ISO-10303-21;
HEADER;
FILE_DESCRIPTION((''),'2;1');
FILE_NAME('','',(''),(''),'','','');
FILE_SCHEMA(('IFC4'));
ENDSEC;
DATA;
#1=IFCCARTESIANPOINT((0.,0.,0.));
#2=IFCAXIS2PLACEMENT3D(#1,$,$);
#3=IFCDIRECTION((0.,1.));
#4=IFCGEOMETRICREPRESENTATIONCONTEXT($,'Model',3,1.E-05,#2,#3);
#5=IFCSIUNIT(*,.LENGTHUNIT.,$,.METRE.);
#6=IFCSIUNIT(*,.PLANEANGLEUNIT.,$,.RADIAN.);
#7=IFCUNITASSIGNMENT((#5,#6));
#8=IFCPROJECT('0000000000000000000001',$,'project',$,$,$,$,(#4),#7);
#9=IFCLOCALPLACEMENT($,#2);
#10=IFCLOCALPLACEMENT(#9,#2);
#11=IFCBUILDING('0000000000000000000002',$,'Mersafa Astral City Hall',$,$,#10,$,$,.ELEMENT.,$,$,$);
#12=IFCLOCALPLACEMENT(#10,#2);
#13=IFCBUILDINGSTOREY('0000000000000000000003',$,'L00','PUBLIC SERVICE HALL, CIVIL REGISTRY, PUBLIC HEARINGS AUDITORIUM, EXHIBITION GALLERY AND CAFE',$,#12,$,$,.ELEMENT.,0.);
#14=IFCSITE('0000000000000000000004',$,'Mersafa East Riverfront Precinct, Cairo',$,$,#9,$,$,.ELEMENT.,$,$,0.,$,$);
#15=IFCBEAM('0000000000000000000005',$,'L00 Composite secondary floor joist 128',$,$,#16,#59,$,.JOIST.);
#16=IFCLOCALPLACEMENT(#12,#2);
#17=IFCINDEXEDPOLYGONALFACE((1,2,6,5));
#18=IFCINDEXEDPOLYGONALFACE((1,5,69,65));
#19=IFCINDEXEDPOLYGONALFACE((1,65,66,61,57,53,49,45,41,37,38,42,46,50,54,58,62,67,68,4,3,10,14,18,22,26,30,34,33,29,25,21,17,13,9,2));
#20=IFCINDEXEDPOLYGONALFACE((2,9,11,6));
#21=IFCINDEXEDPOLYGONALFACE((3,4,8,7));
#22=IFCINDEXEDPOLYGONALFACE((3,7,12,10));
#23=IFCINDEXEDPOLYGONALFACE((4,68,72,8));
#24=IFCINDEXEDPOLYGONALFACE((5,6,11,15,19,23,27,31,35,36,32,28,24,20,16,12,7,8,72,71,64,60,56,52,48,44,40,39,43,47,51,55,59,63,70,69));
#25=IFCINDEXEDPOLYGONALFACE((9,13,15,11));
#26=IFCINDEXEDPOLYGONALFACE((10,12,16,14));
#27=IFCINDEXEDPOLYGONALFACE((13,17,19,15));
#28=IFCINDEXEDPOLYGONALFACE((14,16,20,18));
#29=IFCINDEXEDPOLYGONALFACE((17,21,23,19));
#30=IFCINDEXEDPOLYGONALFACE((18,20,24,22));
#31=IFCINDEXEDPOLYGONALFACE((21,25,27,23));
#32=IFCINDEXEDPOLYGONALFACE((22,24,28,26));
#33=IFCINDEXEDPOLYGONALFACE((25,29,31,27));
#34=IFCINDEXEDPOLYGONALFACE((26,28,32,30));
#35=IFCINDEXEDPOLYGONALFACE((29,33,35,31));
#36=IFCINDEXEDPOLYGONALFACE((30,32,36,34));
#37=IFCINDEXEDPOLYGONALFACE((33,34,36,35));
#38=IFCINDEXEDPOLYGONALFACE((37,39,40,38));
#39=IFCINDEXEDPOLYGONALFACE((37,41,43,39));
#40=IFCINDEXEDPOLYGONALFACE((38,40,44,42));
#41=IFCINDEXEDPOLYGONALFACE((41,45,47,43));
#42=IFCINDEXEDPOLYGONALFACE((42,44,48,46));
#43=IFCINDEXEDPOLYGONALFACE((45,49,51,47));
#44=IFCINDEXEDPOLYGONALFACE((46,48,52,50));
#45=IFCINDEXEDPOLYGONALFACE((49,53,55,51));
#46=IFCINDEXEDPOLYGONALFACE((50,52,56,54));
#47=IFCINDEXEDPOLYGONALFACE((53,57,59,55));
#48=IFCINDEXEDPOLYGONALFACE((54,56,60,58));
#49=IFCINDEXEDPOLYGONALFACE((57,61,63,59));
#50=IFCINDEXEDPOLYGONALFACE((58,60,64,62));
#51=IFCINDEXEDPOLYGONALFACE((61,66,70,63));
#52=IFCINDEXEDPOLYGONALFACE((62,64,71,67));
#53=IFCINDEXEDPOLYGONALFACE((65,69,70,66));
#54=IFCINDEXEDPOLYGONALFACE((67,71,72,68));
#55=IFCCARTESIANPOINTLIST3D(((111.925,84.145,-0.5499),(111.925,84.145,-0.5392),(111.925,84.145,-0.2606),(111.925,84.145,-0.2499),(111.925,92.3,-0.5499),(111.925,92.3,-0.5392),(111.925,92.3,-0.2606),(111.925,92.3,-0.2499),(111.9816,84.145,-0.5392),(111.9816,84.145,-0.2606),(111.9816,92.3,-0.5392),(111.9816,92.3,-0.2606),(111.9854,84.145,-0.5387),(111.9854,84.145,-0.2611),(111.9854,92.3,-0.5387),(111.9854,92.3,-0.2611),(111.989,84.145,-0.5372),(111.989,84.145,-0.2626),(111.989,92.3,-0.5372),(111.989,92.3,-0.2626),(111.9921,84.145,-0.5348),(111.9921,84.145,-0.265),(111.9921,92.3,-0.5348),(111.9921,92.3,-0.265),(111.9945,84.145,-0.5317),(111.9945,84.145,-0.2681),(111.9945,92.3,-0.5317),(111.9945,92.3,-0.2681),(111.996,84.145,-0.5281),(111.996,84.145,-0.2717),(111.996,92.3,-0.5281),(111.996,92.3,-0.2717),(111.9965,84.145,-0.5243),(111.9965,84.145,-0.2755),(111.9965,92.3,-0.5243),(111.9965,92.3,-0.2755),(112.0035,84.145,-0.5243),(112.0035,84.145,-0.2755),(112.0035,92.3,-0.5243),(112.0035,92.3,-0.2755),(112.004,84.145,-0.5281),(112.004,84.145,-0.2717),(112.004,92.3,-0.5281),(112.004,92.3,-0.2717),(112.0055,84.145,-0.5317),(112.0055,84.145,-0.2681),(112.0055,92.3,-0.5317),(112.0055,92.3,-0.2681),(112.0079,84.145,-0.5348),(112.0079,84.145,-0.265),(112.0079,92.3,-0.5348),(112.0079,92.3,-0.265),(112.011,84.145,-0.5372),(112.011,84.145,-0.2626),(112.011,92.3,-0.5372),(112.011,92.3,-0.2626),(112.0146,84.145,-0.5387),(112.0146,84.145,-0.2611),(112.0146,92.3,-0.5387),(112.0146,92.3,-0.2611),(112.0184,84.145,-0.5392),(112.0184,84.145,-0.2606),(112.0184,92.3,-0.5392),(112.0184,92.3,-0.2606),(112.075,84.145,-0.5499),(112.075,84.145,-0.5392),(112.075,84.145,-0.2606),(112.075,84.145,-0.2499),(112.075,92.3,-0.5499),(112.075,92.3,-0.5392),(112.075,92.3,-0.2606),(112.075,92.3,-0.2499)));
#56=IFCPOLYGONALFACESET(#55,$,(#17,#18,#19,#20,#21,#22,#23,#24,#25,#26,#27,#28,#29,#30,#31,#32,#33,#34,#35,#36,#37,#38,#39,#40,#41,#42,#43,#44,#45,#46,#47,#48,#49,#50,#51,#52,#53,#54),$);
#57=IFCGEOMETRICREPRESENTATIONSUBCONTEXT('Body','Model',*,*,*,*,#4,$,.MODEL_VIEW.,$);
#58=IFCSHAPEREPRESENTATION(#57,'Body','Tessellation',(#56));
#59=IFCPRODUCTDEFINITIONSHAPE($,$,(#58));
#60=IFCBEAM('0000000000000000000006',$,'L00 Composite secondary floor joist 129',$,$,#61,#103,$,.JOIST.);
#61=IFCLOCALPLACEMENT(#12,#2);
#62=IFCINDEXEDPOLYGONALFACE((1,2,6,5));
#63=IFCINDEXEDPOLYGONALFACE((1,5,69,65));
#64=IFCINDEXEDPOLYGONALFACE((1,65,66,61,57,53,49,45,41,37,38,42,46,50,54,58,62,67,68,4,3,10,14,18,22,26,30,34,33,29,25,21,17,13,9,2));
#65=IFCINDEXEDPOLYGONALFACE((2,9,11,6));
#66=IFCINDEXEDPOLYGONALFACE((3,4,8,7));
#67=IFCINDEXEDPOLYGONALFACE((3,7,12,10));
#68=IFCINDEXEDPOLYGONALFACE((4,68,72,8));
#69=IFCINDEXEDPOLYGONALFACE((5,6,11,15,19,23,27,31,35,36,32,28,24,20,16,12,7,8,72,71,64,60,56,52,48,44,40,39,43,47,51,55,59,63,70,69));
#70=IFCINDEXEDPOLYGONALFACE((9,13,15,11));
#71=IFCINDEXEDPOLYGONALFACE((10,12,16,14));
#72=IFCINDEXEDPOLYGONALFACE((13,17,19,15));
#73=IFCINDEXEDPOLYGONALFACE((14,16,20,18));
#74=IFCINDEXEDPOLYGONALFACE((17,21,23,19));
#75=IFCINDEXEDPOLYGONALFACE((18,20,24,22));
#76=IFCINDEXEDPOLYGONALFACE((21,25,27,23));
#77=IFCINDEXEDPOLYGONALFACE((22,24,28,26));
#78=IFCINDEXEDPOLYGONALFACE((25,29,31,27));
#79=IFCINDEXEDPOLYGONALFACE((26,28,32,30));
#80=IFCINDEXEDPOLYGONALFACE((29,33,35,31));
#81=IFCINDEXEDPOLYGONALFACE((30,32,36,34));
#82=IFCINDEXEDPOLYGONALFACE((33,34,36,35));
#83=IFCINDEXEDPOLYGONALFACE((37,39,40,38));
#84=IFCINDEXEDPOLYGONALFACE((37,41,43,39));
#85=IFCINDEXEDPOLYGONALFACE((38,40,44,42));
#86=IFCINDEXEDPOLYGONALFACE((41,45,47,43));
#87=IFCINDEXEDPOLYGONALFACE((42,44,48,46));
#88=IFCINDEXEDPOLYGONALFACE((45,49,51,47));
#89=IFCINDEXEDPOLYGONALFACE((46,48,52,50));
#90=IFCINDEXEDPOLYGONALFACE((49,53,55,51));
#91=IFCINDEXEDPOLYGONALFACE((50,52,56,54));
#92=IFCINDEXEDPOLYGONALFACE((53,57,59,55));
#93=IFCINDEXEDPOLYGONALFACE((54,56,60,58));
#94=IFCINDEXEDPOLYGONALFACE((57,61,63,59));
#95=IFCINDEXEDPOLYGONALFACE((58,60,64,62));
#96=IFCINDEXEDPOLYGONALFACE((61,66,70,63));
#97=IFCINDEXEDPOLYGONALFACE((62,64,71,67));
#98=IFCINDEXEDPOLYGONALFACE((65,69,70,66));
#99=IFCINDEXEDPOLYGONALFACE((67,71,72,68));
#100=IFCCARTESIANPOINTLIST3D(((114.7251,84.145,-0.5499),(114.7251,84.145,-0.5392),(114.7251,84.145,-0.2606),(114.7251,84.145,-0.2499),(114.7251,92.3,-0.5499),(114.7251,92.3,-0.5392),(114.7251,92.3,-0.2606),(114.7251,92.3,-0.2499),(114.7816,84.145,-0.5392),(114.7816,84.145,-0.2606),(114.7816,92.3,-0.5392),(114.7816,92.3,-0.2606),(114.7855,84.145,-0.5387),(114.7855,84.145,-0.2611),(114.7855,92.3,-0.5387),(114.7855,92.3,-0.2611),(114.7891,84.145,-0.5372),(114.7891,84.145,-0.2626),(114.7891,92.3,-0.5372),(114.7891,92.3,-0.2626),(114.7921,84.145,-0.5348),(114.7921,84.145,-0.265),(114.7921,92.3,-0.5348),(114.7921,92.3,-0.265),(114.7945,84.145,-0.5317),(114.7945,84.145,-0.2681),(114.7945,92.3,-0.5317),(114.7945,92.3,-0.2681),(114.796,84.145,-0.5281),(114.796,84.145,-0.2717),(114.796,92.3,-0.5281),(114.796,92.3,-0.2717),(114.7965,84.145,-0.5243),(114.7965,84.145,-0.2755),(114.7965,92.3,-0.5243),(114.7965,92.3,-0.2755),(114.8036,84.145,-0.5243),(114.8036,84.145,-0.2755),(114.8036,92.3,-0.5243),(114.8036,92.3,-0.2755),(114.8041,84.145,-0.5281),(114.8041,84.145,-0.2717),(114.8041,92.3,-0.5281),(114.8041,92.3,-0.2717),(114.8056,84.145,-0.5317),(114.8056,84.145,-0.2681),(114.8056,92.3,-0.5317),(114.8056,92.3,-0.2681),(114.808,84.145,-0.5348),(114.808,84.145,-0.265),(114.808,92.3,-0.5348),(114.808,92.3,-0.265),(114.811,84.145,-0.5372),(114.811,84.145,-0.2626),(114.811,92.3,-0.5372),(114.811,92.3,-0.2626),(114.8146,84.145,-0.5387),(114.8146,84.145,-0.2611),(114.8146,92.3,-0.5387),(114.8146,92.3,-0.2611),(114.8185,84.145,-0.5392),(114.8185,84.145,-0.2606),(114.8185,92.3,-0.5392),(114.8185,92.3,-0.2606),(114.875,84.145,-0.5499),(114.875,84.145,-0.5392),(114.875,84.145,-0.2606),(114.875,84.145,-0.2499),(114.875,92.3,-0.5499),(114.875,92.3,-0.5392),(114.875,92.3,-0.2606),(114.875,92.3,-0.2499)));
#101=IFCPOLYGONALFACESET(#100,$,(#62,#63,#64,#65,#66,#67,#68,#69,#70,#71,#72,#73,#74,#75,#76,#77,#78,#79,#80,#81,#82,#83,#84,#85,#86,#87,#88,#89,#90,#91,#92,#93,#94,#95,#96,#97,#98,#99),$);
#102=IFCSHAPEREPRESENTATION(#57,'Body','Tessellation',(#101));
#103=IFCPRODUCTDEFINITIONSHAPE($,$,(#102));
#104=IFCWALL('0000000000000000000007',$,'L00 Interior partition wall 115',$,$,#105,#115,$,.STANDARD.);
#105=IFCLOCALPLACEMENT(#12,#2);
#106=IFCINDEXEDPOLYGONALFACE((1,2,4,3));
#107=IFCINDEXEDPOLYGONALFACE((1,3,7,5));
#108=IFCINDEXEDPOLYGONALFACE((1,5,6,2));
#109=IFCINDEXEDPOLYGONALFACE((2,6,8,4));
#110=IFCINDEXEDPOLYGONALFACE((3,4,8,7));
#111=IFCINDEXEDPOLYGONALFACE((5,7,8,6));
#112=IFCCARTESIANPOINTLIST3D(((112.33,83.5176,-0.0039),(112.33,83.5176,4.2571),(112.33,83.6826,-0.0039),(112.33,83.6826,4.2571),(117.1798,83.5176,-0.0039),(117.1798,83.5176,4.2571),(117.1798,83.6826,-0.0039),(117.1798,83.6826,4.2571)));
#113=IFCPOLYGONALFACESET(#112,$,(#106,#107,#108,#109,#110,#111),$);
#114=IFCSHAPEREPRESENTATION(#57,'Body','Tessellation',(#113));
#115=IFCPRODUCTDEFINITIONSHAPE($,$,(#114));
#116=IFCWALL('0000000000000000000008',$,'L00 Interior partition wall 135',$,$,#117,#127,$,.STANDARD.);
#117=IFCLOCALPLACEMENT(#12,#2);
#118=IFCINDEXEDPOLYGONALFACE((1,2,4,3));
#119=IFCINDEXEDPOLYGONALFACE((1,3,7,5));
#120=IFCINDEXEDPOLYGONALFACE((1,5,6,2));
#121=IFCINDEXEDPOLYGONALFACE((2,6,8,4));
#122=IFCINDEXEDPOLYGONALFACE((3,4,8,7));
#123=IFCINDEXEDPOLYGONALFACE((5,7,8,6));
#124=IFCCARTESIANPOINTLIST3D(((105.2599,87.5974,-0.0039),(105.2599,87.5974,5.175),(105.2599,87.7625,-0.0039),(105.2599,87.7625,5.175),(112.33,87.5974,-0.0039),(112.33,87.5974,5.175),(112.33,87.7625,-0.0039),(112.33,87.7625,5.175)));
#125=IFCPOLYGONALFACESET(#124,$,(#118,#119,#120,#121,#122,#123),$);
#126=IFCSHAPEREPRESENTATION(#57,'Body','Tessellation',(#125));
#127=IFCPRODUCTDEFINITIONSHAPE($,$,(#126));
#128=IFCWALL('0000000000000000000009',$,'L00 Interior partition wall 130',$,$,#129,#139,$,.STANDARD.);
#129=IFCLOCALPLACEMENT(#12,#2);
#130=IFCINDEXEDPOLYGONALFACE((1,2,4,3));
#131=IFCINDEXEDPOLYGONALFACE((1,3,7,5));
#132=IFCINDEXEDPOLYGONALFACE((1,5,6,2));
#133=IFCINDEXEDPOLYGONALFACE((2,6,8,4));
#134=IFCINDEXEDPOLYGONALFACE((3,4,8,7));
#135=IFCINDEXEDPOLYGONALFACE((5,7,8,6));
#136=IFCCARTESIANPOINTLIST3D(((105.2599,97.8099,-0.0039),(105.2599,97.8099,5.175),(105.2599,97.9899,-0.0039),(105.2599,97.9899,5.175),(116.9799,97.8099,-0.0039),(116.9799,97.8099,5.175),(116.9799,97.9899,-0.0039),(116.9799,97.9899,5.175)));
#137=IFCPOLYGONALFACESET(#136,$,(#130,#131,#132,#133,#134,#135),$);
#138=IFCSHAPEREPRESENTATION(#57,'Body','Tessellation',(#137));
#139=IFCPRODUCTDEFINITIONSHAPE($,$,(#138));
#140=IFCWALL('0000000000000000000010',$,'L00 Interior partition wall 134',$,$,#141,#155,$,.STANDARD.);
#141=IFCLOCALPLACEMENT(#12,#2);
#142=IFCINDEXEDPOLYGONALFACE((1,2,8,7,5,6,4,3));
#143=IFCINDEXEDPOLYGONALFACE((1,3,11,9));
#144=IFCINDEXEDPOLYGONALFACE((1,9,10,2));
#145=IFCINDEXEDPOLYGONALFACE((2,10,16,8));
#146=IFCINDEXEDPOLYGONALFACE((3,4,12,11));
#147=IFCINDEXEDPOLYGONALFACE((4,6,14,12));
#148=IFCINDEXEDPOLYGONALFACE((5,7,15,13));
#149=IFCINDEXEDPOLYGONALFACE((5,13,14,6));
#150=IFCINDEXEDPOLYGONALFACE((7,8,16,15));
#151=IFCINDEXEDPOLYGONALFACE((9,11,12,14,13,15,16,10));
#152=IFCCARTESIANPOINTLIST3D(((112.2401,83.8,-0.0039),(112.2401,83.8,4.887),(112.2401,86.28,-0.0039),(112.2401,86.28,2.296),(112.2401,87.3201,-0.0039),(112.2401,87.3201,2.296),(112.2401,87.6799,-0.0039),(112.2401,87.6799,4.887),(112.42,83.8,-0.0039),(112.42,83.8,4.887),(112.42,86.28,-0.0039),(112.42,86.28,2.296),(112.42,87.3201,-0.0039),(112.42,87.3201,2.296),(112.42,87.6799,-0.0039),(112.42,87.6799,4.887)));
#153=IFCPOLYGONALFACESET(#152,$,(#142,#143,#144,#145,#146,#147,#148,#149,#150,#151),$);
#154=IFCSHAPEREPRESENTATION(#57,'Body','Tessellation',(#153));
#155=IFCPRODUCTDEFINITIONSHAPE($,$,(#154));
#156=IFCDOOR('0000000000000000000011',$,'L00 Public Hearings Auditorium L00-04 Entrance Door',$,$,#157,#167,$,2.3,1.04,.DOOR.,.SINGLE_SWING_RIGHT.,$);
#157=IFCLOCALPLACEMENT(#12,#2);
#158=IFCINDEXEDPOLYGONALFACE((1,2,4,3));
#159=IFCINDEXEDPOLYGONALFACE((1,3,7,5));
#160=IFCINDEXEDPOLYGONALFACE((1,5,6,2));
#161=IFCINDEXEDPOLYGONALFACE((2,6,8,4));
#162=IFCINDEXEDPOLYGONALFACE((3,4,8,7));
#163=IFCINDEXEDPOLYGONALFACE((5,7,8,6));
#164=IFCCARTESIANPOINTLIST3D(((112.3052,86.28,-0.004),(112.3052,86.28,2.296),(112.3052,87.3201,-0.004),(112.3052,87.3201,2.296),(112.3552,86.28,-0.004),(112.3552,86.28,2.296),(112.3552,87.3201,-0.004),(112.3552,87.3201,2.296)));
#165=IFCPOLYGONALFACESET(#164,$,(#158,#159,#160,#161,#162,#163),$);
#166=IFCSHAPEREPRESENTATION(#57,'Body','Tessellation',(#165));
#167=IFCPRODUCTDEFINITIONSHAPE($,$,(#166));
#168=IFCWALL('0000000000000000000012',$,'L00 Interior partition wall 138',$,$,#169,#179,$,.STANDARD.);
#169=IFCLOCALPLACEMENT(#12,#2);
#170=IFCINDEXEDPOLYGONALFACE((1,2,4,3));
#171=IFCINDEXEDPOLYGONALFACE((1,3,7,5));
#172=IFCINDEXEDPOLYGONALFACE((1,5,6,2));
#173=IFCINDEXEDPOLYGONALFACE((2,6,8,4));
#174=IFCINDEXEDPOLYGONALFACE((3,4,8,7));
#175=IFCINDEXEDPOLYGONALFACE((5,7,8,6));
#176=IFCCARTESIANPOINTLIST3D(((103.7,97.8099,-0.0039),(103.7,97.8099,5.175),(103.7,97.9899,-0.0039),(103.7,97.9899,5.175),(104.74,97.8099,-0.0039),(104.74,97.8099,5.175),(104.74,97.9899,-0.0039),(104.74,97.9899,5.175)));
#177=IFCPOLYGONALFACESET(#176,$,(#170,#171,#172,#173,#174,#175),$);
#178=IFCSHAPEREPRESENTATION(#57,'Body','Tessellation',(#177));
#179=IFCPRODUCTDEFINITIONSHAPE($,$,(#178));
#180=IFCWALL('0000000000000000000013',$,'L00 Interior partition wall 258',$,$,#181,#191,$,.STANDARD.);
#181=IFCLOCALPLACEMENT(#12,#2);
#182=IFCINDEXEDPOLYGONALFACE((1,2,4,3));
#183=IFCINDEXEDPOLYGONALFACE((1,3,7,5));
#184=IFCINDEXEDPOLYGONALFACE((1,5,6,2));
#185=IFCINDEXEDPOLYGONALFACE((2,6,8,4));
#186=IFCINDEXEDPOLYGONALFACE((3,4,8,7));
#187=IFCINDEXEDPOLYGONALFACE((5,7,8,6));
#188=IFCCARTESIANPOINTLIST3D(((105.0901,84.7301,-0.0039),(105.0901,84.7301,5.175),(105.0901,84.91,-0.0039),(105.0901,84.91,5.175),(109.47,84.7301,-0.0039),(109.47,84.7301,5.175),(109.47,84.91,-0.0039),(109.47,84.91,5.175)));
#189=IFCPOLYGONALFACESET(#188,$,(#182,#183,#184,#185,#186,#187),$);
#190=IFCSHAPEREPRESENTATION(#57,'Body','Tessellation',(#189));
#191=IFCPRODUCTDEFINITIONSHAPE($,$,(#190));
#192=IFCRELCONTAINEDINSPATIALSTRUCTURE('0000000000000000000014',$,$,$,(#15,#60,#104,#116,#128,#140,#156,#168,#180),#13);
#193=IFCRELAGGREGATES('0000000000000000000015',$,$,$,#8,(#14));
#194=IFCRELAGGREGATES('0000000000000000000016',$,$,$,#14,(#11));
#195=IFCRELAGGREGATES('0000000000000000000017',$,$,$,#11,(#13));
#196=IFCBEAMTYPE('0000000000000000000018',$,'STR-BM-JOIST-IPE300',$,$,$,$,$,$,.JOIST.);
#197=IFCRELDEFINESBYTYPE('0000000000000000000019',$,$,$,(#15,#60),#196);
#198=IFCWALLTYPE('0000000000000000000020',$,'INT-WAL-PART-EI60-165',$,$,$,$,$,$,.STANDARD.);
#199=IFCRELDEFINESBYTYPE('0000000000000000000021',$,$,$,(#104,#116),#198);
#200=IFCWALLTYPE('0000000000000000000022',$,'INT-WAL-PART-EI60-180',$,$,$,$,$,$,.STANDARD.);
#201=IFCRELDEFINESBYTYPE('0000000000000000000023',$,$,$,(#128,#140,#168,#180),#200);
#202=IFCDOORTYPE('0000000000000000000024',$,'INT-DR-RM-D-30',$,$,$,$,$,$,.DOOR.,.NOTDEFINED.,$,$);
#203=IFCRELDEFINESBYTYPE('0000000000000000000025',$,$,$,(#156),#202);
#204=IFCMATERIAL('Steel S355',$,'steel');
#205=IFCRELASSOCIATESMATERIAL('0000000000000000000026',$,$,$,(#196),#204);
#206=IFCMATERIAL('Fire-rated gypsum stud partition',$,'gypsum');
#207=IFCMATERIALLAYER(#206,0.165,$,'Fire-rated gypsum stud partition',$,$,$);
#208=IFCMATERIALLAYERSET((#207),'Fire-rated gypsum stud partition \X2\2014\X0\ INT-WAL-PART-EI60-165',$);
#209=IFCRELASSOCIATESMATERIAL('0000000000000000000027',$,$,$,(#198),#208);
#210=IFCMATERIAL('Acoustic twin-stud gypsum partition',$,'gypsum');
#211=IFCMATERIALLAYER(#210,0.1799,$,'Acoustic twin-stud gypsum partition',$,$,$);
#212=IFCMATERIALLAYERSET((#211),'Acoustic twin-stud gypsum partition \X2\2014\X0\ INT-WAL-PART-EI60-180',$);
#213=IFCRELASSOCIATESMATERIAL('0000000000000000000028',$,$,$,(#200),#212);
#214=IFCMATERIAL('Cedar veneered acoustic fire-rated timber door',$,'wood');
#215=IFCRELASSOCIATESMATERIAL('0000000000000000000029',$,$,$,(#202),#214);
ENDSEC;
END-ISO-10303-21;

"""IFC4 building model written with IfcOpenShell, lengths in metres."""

from ifc_helpers import new_model, si_unit, direction, frame, frame_2d, origin, origin_2d, place, context, subcontext, project, spatial, rectangle, i_section, extrude, material, layer, layer_set, material_profile, profile_set, type_object, element, fill, save


model = new_model("IFC4")

# Units and contexts
model_context = context("Model", 3, precision=1e-05, world=origin(), true_north=direction((0.0, 1.0)))
body_context = subcontext(model_context, "Body", "Model", "MODEL_VIEW")
ifc_project = project(units=[si_unit("LENGTHUNIT", "METRE"), si_unit("PLANEANGLEUNIT", "RADIAN")], contexts=[model_context])

# Site, building, storey
site_placement = place(None, origin())
site = spatial("IfcSite", under=ifc_project, at=site_placement, Name="Mersafa East Riverfront Precinct, Cairo", CompositionType="ELEMENT", RefElevation=0.0)
building_placement = place(site_placement, origin())
building = spatial("IfcBuilding", under=site, at=building_placement, Name="Mersafa Astral City Hall", CompositionType="ELEMENT")
storey_placement = place(building_placement, origin())
storey = spatial("IfcBuildingStorey", under=building, at=storey_placement, Name="L00", Description="PUBLIC SERVICE HALL, CIVIL REGISTRY, PUBLIC HEARINGS AUDITORIUM, EXHIBITION GALLERY AND CAFE", CompositionType="ELEMENT", Elevation=0.0)

# Shared definitions
ifc_material_1 = material(Name="Steel S355", Category="steel")

# Beams
ifc_material_profile_1 = material_profile(ifc_material_1, i_section(OverallWidth=0.1499, OverallDepth=0.3, WebThickness=0.0071, FlangeThickness=0.0107, FilletRadius=0.0149, at=origin_2d()), Name="IPE 300")
ifc_profile_set_1 = profile_set([ifc_material_profile_1], Name="Steel S355")
beam_type_1 = type_object("IfcBeamType", Name="STR-BM-JOIST-IPE300", PredefinedType="JOIST", material=ifc_profile_set_1)
for number, where, z_axis, x_axis, name in (
    (1, (112.0, 84.145, -0.3999), (0.0, 1.0, 0.0), (-1.0, 0.0, 0.0), "L00 Composite secondary floor joist 128"),
    (2, (114.8, 84.145, -0.3999), (0.0, 1.0, 0.0), (-1.0, 0.0, 0.0), "L00 Composite secondary floor joist 129"),
):
    element("IfcBeam", number, at=place(storey_placement, frame(where, z_axis=z_axis, x_axis=x_axis)), inside=storey, type_object=beam_type_1, Name=name, PredefinedType="JOIST", context=body_context, shape_type="SweptSolid", body=[
        extrude(i_section(OverallWidth=0.1499, OverallDepth=0.3, WebThickness=0.0071, FlangeThickness=0.0107, FilletRadius=0.0149, at=origin_2d()), origin(), (0.0, 0.0, 1.0), 8.155),
    ])

# Walls
ifc_material_2 = material(Name="Fire-rated gypsum stud partition", Category="gypsum")
ifc_layer_1 = layer(ifc_material_2, 0.165, Name="Fire-rated gypsum stud partition")
ifc_layer_set_1 = layer_set([ifc_layer_1], Name="Fire-rated gypsum stud partition — INT-WAL-PART-EI60-165")
wall_type_1 = type_object("IfcWallType", Name="INT-WAL-PART-EI60-165", PredefinedType="STANDARD", material=ifc_layer_set_1)
wall_1_placement = place(storey_placement, frame((112.3301, 83.6001, -0.0039), z_axis=(0.0, 0.0, 1.0), x_axis=(1.0, 0.0, 0.0)))
element("IfcWall", 3, at=wall_1_placement, inside=storey, type_object=wall_type_1, Name="L00 Interior partition wall 115", PredefinedType="STANDARD", context=body_context, shape_type="SweptSolid", body=[
    extrude(rectangle(XDim=4.8499, YDim=0.165, at=frame_2d((2.4248, 0.0))), origin(), (0.0, 0.0, 1.0), 4.261),
])
wall_2_placement = place(storey_placement, frame((112.3301, 87.6799, -0.0039), z_axis=(0.0, 0.0, 1.0), x_axis=(-1.0, 0.0, 0.0)))
element("IfcWall", 4, at=wall_2_placement, inside=storey, type_object=wall_type_1, Name="L00 Interior partition wall 135", PredefinedType="STANDARD", context=body_context, shape_type="SweptSolid", body=[
    extrude(rectangle(XDim=7.0701, YDim=0.165, at=frame_2d((3.5352, 0.0))), origin(), (0.0, 0.0, 1.0), 5.179),
])
ifc_material_3 = material(Name="Acoustic twin-stud gypsum partition", Category="gypsum")
ifc_layer_2 = layer(ifc_material_3, 0.1799, Name="Acoustic twin-stud gypsum partition")
ifc_layer_set_2 = layer_set([ifc_layer_2], Name="Acoustic twin-stud gypsum partition — INT-WAL-PART-EI60-180")
wall_type_2 = type_object("IfcWallType", Name="INT-WAL-PART-EI60-180", PredefinedType="STANDARD", material=ifc_layer_set_2)
wall_3_placement = place(storey_placement, frame((105.26, 97.8999, -0.0039), z_axis=(0.0, 0.0, 1.0), x_axis=(1.0, 0.0, 0.0)))
element("IfcWall", 5, at=wall_3_placement, inside=storey, type_object=wall_type_2, Name="L00 Interior partition wall 130", PredefinedType="STANDARD", context=body_context, shape_type="SweptSolid", body=[
    extrude(rectangle(XDim=11.72, YDim=0.1799, at=frame_2d((5.8599, 0.0))), origin(), (0.0, 0.0, 1.0), 5.179),
])

# Wall, opening, door
wall_4_placement = place(storey_placement, frame((112.3301, 83.8, -0.0039), z_axis=(0.0, 0.0, 1.0), x_axis=(0.0, 1.0, 0.0)))
wall_4 = element("IfcWall", 6, at=wall_4_placement, inside=storey, type_object=wall_type_2, Name="L00 Interior partition wall 134", PredefinedType="STANDARD", context=body_context, shape_type="SweptSolid", body=[
    extrude(rectangle(XDim=3.8799, YDim=0.1799, at=frame_2d((1.9399, 0.0))), origin(), (0.0, 0.0, 1.0), 4.8909),
])
opening_1_placement = place(wall_4_placement, frame((2.48, 0.0, 0.0)))
opening_1 = element("IfcOpeningElement", 7, at=opening_1_placement, cuts=wall_4, PredefinedType="OPENING", context=body_context, shape_type="SweptSolid", body=[
    extrude(rectangle(XDim=1.04, YDim=2.3, at=frame_2d((0.52, 1.1499))), frame((0.0, 0.0999, 0.0), z_axis=(0.0, -1.0, 0.0), x_axis=(1.0, 0.0, 0.0)), (0.0, 0.0, 1.0), 0.2),
])
ifc_material_4 = material(Name="Cedar veneered acoustic fire-rated timber door", Category="wood")
door_type_1 = type_object("IfcDoorType", Name="INT-DR-RM-D-30", OperationType="NOTDEFINED", PredefinedType="DOOR", material=ifc_material_4)
door_1_placement = place(opening_1_placement, origin())
door_1 = element("IfcDoor", 8, at=door_1_placement, inside=storey, type_object=door_type_1, Name="L00 Public Hearings Auditorium L00-04 Entrance Door", OperationType="SINGLE_SWING_RIGHT", OverallHeight=2.3, OverallWidth=1.04, PredefinedType="DOOR", context=body_context, shape_type="SweptSolid", body=[
    extrude(rectangle(XDim=1.04, YDim=2.3, at=frame_2d((0.52, 1.1499))), frame((0.0, 0.0249, 0.0), z_axis=(0.0, -1.0, 0.0), x_axis=(1.0, 0.0, 0.0)), (0.0, 0.0, 1.0), 0.05),
])
fill(opening_1, door_1)

# Walls
wall_5_placement = place(storey_placement, frame((103.7, 97.8999, -0.0039), z_axis=(0.0, 0.0, 1.0), x_axis=(1.0, 0.0, 0.0)))
element("IfcWall", 9, at=wall_5_placement, inside=storey, type_object=wall_type_2, Name="L00 Interior partition wall 138", PredefinedType="STANDARD", context=body_context, shape_type="SweptSolid", body=[
    extrude(rectangle(XDim=1.04, YDim=0.1799, at=frame_2d((0.52, 0.0))), origin(), (0.0, 0.0, 1.0), 5.179),
])
wall_6_placement = place(storey_placement, frame((105.0901, 84.8201, -0.0039), z_axis=(0.0, 0.0, 1.0), x_axis=(1.0, 0.0, 0.0)))
element("IfcWall", 10, at=wall_6_placement, inside=storey, type_object=wall_type_2, Name="L00 Interior partition wall 258", PredefinedType="STANDARD", context=body_context, shape_type="SweptSolid", body=[
    extrude(rectangle(XDim=4.3799, YDim=0.1799, at=frame_2d((2.1899, 0.0))), origin(), (0.0, 0.0, 1.0), 5.179),
])

save(model, "model.ifc")
